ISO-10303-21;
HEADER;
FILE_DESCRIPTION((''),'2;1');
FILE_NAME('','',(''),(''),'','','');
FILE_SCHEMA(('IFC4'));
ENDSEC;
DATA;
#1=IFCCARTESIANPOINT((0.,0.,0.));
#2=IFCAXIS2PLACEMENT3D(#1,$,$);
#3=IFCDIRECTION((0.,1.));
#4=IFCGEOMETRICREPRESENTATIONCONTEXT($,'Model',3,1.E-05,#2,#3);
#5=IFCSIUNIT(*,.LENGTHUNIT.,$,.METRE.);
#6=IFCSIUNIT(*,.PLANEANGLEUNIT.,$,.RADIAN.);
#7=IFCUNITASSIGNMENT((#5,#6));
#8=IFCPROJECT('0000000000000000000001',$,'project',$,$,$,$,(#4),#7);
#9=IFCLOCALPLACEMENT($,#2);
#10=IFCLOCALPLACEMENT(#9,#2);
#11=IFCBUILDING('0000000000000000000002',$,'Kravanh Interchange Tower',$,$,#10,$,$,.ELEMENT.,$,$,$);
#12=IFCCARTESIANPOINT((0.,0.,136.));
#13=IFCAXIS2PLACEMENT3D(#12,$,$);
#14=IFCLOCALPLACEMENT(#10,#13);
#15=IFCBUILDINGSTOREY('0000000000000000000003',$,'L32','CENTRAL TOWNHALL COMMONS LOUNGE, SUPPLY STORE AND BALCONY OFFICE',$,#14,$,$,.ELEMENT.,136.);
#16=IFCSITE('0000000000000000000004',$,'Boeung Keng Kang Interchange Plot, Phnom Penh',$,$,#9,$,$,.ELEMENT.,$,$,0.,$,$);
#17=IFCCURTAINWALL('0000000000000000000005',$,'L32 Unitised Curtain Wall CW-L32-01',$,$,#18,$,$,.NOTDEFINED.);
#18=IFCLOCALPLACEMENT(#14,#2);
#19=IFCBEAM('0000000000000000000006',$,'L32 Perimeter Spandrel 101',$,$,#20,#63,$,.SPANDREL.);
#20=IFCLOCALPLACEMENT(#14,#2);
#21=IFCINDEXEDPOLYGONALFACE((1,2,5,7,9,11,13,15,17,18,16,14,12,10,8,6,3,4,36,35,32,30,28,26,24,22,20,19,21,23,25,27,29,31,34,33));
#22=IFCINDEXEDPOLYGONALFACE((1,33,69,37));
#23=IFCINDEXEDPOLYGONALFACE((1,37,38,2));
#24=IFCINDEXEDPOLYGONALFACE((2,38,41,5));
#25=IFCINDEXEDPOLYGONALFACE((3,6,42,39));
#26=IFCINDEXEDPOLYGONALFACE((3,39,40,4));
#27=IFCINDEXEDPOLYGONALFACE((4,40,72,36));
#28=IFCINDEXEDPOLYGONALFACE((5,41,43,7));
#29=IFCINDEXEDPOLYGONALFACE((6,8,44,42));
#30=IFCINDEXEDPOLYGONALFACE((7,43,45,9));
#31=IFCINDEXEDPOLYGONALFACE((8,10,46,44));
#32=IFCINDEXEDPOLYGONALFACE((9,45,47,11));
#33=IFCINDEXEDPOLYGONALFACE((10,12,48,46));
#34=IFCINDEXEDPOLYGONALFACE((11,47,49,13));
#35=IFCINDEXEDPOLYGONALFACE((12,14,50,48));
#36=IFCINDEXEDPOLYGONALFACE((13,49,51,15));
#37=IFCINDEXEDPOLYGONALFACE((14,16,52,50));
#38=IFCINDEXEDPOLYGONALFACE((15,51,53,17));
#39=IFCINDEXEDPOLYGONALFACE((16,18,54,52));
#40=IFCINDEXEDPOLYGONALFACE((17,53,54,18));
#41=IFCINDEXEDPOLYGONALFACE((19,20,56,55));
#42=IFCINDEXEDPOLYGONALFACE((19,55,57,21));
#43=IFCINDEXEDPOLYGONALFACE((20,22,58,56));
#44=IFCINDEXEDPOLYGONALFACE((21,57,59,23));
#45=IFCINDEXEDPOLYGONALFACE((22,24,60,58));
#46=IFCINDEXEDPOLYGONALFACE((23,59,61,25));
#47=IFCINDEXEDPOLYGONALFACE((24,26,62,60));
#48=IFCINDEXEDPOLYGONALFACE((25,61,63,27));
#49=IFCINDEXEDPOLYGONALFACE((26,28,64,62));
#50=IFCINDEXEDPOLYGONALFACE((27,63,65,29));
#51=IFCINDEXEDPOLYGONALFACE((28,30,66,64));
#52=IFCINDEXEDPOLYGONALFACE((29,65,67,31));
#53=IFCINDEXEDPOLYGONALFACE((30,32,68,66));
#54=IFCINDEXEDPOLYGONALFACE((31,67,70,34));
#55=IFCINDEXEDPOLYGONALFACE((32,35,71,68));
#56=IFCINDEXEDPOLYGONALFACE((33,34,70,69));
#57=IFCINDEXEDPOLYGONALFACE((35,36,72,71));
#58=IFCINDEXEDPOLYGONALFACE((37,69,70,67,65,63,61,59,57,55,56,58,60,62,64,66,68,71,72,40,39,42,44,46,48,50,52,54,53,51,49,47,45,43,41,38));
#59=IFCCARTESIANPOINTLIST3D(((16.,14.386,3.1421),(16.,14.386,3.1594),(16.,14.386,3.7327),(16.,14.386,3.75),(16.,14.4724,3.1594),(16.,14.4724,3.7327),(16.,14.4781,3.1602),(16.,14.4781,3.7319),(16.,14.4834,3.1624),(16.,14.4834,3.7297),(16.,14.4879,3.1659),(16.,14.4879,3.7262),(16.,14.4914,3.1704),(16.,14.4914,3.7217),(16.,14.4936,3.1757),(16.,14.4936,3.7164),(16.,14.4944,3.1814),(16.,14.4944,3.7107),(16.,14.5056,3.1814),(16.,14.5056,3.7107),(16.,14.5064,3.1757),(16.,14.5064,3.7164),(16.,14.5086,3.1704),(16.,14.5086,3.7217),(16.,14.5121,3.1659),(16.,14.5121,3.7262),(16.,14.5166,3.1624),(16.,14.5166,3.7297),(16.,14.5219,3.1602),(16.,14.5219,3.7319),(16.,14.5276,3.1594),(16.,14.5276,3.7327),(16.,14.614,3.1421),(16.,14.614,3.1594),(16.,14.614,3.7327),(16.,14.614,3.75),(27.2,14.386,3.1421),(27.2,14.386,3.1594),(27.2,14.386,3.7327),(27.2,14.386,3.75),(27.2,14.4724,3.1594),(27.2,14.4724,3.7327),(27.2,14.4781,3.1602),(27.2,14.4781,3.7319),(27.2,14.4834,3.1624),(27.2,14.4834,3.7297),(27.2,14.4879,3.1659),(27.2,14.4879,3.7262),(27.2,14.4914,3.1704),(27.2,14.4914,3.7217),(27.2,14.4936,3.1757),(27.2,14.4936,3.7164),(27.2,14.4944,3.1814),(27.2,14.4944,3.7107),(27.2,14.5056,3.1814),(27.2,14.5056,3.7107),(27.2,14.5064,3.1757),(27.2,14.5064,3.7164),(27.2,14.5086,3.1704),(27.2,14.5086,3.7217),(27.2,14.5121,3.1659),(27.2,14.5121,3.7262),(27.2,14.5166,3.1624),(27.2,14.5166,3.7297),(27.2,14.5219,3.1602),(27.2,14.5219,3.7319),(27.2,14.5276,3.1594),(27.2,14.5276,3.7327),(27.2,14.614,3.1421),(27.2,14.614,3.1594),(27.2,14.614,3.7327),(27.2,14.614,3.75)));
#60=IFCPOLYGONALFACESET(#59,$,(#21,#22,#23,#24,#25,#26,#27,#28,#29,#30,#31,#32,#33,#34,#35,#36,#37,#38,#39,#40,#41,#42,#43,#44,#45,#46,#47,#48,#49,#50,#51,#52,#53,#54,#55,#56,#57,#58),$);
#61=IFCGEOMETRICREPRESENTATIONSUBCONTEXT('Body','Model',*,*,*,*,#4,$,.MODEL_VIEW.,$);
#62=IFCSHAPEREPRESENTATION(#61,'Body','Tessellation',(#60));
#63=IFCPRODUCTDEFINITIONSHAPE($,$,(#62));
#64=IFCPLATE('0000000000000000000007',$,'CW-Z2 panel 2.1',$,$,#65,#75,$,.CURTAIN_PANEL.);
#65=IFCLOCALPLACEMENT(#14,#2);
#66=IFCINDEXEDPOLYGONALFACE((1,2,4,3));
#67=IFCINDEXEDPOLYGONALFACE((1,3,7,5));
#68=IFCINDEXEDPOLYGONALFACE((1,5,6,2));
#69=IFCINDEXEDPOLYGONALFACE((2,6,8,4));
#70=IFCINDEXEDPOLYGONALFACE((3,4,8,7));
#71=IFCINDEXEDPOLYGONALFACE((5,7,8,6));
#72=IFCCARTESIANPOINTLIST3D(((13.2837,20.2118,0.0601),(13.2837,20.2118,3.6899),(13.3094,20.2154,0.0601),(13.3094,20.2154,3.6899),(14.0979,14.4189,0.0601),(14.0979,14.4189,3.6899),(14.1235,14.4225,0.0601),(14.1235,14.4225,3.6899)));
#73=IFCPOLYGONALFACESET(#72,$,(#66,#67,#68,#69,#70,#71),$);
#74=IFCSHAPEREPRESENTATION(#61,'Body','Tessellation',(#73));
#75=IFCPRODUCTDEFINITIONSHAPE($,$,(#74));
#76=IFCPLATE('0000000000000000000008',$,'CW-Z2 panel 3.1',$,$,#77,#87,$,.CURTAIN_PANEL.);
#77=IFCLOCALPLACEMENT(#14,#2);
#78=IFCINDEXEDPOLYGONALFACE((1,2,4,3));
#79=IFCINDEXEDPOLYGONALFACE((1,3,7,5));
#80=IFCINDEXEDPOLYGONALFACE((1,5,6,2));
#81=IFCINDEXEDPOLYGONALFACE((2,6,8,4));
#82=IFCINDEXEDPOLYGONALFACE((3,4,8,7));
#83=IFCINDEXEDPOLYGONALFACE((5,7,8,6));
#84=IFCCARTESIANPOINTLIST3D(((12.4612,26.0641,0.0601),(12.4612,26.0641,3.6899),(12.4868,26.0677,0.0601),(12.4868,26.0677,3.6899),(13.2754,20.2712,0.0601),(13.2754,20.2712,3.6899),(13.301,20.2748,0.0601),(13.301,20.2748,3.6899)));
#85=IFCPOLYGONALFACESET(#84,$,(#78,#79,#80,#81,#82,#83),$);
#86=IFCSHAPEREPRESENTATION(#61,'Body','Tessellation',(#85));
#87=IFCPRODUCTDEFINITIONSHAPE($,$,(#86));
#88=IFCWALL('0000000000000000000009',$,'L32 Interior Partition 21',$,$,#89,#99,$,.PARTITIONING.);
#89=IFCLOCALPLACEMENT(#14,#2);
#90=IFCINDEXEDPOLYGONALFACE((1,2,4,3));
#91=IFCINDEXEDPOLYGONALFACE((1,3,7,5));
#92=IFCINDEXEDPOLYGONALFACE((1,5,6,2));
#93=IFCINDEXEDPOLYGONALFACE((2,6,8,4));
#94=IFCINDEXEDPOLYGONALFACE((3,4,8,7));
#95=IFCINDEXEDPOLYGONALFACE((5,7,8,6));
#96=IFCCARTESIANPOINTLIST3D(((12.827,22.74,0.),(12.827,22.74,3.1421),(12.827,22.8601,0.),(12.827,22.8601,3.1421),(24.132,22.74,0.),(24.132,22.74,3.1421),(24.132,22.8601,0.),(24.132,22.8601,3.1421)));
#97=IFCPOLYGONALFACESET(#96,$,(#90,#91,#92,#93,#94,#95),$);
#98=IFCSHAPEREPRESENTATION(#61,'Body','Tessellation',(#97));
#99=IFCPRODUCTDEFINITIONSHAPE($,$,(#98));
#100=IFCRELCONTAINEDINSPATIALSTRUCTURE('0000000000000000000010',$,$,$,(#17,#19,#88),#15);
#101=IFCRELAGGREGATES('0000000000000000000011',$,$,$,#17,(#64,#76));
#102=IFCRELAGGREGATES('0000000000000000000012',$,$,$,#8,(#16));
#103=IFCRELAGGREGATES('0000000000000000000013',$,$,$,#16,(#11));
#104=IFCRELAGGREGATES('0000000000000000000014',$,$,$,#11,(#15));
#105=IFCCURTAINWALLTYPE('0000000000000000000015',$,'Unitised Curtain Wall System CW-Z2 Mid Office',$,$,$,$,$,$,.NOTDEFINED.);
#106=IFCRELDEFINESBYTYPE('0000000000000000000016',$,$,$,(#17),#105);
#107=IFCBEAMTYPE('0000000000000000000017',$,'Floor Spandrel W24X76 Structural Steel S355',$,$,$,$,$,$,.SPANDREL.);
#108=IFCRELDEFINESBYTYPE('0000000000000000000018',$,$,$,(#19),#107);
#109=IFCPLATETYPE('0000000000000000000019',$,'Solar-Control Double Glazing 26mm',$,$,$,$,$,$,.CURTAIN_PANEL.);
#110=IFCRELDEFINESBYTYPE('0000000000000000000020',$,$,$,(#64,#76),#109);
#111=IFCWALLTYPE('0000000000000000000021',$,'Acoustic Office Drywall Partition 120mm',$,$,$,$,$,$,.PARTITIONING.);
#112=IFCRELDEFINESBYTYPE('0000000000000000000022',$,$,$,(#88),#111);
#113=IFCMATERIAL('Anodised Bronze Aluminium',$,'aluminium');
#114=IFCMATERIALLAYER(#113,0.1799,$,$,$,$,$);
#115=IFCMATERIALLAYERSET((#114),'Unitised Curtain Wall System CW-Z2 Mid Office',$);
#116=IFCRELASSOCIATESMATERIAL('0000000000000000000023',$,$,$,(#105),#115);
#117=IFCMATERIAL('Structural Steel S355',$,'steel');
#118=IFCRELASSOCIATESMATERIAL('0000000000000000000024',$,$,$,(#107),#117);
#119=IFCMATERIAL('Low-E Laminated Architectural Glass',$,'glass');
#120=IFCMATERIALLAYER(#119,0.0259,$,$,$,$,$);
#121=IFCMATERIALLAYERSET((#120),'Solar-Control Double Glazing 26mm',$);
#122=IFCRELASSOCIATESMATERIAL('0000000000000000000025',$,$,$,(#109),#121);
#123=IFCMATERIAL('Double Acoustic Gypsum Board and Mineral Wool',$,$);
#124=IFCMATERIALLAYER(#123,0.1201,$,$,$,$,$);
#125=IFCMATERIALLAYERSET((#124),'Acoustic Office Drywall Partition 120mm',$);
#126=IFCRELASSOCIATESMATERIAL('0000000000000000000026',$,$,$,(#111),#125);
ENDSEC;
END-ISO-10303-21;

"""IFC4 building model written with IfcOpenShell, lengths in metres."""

from ifc_helpers import new_model, si_unit, direction, frame, frame_2d, origin, origin_2d, place, context, subcontext, project, spatial, rectangle, i_section, extrude, material, layer, layer_set, material_profile, profile_set, type_object, element, aggregate, save


model = new_model("IFC4")

# Units and contexts
model_context = context("Model", 3, precision=1e-05, world=origin(), true_north=direction((0.0, 1.0)))
body_context = subcontext(model_context, "Body", "Model", "MODEL_VIEW")
ifc_project = project(units=[si_unit("LENGTHUNIT", "METRE"), si_unit("PLANEANGLEUNIT", "RADIAN")], contexts=[model_context])

# Site, building, storey
site_placement = place(None, origin())
site = spatial("IfcSite", under=ifc_project, at=site_placement, Name="Boeung Keng Kang Interchange Plot, Phnom Penh", CompositionType="ELEMENT", RefElevation=0.0)
building_placement = place(site_placement, origin())
building = spatial("IfcBuilding", under=site, at=building_placement, Name="Kravanh Interchange Tower", CompositionType="ELEMENT")
storey_placement = place(building_placement, frame((0.0, 0.0, 136.0)))
storey = spatial("IfcBuildingStorey", under=building, at=storey_placement, Name="L32", Description="CENTRAL TOWNHALL COMMONS LOUNGE, SUPPLY STORE AND BALCONY OFFICE", CompositionType="ELEMENT", Elevation=136.0)

# Curtain wall
ifc_material_1 = material(Name="Anodised Bronze Aluminium", Category="aluminium")
ifc_layer_1 = layer(ifc_material_1, 0.1799)
ifc_layer_set_1 = layer_set([ifc_layer_1], Name="Unitised Curtain Wall System CW-Z2 Mid Office")
curtain_wall_type = type_object("IfcCurtainWallType", Name="Unitised Curtain Wall System CW-Z2 Mid Office", PredefinedType="NOTDEFINED", material=ifc_layer_set_1)
curtain_wall_placement = place(storey_placement, origin())
curtain_wall = element("IfcCurtainWall", 1, at=curtain_wall_placement, inside=storey, type_object=curtain_wall_type, Name="L32 Unitised Curtain Wall CW-L32-01", PredefinedType="NOTDEFINED")

# Beam
ifc_material_2 = material(Name="Structural Steel S355", Category="steel")
ifc_material_profile_1 = material_profile(ifc_material_2, i_section(OverallWidth=0.228, OverallDepth=0.6079, WebThickness=0.0112, FlangeThickness=0.0173, FilletRadius=0.022, at=origin_2d()), Name="W24X76")
ifc_profile_set_1 = profile_set([ifc_material_profile_1], Name="Structural Steel S355")
beam_type_1 = type_object("IfcBeamType", Name="Floor Spandrel W24X76 Structural Steel S355", PredefinedType="SPANDREL", material=ifc_profile_set_1)
beam_1_placement = place(storey_placement, frame((16.0, 14.5, 3.446), z_axis=(1.0, 0.0, 0.0), x_axis=(0.0, 1.0, 0.0)))
element("IfcBeam", 2, at=beam_1_placement, inside=storey, type_object=beam_type_1, Name="L32 Perimeter Spandrel 101", PredefinedType="SPANDREL", context=body_context, shape_type="SweptSolid", body=[
    extrude(i_section(OverallWidth=0.228, OverallDepth=0.6079, WebThickness=0.0112, FlangeThickness=0.0173, FilletRadius=0.022, at=origin_2d()), origin(), (0.0, 0.0, 1.0), 11.2),
])

# Plates
ifc_material_3 = material(Name="Low-E Laminated Architectural Glass", Category="glass")
ifc_layer_2 = layer(ifc_material_3, 0.0259)
ifc_layer_set_2 = layer_set([ifc_layer_2], Name="Solar-Control Double Glazing 26mm")
plate_type = type_object("IfcPlateType", Name="Solar-Control Double Glazing 26mm", PredefinedType="CURTAIN_PANEL", material=ifc_layer_set_2)
plate_1_placement = place(storey_placement, frame((13.7036, 17.3171, 0.0601), z_axis=(0.0, 0.0, 1.0), x_axis=(-0.139173, 0.990268, 0.0)))
plate_1 = element("IfcPlate", 3, at=plate_1_placement, type_object=plate_type, Name="CW-Z2 panel 2.1", PredefinedType="CURTAIN_PANEL", context=body_context, shape_type="SweptSolid", body=[
    extrude(rectangle(XDim=5.8499, YDim=0.0259, at=origin_2d()), origin(), (0.0, 0.0, 1.0), 3.6299),
])
plate_2_placement = place(storey_placement, frame((12.8811, 23.1694, 0.0601), z_axis=(0.0, 0.0, 1.0), x_axis=(-0.139173, 0.990268, 0.0)))
plate_2 = element("IfcPlate", 4, at=plate_2_placement, type_object=plate_type, Name="CW-Z2 panel 3.1", PredefinedType="CURTAIN_PANEL", context=body_context, shape_type="SweptSolid", body=[
    extrude(rectangle(XDim=5.8499, YDim=0.0259, at=origin_2d()), origin(), (0.0, 0.0, 1.0), 3.6299),
])
aggregate(curtain_wall, [plate_1, plate_2])

# Wall
ifc_material_4 = material(Name="Double Acoustic Gypsum Board and Mineral Wool")
ifc_layer_3 = layer(ifc_material_4, 0.1201)
ifc_layer_set_3 = layer_set([ifc_layer_3], Name="Acoustic Office Drywall Partition 120mm")
wall_type = type_object("IfcWallType", Name="Acoustic Office Drywall Partition 120mm", PredefinedType="PARTITIONING", material=ifc_layer_set_3)
wall_placement = place(storey_placement, frame((12.8271, 22.8, 0.0), z_axis=(0.0, 0.0, 1.0), x_axis=(1.0, 0.0, 0.0)))
element("IfcWall", 5, at=wall_placement, inside=storey, type_object=wall_type, Name="L32 Interior Partition 21", PredefinedType="PARTITIONING", context=body_context, shape_type="SweptSolid", body=[
    extrude(rectangle(XDim=11.3049, YDim=0.1201, at=frame_2d((5.6523, 0.0))), origin(), (0.0, 0.0, 1.0), 3.1421),
])

save(model, "model.ifc")
